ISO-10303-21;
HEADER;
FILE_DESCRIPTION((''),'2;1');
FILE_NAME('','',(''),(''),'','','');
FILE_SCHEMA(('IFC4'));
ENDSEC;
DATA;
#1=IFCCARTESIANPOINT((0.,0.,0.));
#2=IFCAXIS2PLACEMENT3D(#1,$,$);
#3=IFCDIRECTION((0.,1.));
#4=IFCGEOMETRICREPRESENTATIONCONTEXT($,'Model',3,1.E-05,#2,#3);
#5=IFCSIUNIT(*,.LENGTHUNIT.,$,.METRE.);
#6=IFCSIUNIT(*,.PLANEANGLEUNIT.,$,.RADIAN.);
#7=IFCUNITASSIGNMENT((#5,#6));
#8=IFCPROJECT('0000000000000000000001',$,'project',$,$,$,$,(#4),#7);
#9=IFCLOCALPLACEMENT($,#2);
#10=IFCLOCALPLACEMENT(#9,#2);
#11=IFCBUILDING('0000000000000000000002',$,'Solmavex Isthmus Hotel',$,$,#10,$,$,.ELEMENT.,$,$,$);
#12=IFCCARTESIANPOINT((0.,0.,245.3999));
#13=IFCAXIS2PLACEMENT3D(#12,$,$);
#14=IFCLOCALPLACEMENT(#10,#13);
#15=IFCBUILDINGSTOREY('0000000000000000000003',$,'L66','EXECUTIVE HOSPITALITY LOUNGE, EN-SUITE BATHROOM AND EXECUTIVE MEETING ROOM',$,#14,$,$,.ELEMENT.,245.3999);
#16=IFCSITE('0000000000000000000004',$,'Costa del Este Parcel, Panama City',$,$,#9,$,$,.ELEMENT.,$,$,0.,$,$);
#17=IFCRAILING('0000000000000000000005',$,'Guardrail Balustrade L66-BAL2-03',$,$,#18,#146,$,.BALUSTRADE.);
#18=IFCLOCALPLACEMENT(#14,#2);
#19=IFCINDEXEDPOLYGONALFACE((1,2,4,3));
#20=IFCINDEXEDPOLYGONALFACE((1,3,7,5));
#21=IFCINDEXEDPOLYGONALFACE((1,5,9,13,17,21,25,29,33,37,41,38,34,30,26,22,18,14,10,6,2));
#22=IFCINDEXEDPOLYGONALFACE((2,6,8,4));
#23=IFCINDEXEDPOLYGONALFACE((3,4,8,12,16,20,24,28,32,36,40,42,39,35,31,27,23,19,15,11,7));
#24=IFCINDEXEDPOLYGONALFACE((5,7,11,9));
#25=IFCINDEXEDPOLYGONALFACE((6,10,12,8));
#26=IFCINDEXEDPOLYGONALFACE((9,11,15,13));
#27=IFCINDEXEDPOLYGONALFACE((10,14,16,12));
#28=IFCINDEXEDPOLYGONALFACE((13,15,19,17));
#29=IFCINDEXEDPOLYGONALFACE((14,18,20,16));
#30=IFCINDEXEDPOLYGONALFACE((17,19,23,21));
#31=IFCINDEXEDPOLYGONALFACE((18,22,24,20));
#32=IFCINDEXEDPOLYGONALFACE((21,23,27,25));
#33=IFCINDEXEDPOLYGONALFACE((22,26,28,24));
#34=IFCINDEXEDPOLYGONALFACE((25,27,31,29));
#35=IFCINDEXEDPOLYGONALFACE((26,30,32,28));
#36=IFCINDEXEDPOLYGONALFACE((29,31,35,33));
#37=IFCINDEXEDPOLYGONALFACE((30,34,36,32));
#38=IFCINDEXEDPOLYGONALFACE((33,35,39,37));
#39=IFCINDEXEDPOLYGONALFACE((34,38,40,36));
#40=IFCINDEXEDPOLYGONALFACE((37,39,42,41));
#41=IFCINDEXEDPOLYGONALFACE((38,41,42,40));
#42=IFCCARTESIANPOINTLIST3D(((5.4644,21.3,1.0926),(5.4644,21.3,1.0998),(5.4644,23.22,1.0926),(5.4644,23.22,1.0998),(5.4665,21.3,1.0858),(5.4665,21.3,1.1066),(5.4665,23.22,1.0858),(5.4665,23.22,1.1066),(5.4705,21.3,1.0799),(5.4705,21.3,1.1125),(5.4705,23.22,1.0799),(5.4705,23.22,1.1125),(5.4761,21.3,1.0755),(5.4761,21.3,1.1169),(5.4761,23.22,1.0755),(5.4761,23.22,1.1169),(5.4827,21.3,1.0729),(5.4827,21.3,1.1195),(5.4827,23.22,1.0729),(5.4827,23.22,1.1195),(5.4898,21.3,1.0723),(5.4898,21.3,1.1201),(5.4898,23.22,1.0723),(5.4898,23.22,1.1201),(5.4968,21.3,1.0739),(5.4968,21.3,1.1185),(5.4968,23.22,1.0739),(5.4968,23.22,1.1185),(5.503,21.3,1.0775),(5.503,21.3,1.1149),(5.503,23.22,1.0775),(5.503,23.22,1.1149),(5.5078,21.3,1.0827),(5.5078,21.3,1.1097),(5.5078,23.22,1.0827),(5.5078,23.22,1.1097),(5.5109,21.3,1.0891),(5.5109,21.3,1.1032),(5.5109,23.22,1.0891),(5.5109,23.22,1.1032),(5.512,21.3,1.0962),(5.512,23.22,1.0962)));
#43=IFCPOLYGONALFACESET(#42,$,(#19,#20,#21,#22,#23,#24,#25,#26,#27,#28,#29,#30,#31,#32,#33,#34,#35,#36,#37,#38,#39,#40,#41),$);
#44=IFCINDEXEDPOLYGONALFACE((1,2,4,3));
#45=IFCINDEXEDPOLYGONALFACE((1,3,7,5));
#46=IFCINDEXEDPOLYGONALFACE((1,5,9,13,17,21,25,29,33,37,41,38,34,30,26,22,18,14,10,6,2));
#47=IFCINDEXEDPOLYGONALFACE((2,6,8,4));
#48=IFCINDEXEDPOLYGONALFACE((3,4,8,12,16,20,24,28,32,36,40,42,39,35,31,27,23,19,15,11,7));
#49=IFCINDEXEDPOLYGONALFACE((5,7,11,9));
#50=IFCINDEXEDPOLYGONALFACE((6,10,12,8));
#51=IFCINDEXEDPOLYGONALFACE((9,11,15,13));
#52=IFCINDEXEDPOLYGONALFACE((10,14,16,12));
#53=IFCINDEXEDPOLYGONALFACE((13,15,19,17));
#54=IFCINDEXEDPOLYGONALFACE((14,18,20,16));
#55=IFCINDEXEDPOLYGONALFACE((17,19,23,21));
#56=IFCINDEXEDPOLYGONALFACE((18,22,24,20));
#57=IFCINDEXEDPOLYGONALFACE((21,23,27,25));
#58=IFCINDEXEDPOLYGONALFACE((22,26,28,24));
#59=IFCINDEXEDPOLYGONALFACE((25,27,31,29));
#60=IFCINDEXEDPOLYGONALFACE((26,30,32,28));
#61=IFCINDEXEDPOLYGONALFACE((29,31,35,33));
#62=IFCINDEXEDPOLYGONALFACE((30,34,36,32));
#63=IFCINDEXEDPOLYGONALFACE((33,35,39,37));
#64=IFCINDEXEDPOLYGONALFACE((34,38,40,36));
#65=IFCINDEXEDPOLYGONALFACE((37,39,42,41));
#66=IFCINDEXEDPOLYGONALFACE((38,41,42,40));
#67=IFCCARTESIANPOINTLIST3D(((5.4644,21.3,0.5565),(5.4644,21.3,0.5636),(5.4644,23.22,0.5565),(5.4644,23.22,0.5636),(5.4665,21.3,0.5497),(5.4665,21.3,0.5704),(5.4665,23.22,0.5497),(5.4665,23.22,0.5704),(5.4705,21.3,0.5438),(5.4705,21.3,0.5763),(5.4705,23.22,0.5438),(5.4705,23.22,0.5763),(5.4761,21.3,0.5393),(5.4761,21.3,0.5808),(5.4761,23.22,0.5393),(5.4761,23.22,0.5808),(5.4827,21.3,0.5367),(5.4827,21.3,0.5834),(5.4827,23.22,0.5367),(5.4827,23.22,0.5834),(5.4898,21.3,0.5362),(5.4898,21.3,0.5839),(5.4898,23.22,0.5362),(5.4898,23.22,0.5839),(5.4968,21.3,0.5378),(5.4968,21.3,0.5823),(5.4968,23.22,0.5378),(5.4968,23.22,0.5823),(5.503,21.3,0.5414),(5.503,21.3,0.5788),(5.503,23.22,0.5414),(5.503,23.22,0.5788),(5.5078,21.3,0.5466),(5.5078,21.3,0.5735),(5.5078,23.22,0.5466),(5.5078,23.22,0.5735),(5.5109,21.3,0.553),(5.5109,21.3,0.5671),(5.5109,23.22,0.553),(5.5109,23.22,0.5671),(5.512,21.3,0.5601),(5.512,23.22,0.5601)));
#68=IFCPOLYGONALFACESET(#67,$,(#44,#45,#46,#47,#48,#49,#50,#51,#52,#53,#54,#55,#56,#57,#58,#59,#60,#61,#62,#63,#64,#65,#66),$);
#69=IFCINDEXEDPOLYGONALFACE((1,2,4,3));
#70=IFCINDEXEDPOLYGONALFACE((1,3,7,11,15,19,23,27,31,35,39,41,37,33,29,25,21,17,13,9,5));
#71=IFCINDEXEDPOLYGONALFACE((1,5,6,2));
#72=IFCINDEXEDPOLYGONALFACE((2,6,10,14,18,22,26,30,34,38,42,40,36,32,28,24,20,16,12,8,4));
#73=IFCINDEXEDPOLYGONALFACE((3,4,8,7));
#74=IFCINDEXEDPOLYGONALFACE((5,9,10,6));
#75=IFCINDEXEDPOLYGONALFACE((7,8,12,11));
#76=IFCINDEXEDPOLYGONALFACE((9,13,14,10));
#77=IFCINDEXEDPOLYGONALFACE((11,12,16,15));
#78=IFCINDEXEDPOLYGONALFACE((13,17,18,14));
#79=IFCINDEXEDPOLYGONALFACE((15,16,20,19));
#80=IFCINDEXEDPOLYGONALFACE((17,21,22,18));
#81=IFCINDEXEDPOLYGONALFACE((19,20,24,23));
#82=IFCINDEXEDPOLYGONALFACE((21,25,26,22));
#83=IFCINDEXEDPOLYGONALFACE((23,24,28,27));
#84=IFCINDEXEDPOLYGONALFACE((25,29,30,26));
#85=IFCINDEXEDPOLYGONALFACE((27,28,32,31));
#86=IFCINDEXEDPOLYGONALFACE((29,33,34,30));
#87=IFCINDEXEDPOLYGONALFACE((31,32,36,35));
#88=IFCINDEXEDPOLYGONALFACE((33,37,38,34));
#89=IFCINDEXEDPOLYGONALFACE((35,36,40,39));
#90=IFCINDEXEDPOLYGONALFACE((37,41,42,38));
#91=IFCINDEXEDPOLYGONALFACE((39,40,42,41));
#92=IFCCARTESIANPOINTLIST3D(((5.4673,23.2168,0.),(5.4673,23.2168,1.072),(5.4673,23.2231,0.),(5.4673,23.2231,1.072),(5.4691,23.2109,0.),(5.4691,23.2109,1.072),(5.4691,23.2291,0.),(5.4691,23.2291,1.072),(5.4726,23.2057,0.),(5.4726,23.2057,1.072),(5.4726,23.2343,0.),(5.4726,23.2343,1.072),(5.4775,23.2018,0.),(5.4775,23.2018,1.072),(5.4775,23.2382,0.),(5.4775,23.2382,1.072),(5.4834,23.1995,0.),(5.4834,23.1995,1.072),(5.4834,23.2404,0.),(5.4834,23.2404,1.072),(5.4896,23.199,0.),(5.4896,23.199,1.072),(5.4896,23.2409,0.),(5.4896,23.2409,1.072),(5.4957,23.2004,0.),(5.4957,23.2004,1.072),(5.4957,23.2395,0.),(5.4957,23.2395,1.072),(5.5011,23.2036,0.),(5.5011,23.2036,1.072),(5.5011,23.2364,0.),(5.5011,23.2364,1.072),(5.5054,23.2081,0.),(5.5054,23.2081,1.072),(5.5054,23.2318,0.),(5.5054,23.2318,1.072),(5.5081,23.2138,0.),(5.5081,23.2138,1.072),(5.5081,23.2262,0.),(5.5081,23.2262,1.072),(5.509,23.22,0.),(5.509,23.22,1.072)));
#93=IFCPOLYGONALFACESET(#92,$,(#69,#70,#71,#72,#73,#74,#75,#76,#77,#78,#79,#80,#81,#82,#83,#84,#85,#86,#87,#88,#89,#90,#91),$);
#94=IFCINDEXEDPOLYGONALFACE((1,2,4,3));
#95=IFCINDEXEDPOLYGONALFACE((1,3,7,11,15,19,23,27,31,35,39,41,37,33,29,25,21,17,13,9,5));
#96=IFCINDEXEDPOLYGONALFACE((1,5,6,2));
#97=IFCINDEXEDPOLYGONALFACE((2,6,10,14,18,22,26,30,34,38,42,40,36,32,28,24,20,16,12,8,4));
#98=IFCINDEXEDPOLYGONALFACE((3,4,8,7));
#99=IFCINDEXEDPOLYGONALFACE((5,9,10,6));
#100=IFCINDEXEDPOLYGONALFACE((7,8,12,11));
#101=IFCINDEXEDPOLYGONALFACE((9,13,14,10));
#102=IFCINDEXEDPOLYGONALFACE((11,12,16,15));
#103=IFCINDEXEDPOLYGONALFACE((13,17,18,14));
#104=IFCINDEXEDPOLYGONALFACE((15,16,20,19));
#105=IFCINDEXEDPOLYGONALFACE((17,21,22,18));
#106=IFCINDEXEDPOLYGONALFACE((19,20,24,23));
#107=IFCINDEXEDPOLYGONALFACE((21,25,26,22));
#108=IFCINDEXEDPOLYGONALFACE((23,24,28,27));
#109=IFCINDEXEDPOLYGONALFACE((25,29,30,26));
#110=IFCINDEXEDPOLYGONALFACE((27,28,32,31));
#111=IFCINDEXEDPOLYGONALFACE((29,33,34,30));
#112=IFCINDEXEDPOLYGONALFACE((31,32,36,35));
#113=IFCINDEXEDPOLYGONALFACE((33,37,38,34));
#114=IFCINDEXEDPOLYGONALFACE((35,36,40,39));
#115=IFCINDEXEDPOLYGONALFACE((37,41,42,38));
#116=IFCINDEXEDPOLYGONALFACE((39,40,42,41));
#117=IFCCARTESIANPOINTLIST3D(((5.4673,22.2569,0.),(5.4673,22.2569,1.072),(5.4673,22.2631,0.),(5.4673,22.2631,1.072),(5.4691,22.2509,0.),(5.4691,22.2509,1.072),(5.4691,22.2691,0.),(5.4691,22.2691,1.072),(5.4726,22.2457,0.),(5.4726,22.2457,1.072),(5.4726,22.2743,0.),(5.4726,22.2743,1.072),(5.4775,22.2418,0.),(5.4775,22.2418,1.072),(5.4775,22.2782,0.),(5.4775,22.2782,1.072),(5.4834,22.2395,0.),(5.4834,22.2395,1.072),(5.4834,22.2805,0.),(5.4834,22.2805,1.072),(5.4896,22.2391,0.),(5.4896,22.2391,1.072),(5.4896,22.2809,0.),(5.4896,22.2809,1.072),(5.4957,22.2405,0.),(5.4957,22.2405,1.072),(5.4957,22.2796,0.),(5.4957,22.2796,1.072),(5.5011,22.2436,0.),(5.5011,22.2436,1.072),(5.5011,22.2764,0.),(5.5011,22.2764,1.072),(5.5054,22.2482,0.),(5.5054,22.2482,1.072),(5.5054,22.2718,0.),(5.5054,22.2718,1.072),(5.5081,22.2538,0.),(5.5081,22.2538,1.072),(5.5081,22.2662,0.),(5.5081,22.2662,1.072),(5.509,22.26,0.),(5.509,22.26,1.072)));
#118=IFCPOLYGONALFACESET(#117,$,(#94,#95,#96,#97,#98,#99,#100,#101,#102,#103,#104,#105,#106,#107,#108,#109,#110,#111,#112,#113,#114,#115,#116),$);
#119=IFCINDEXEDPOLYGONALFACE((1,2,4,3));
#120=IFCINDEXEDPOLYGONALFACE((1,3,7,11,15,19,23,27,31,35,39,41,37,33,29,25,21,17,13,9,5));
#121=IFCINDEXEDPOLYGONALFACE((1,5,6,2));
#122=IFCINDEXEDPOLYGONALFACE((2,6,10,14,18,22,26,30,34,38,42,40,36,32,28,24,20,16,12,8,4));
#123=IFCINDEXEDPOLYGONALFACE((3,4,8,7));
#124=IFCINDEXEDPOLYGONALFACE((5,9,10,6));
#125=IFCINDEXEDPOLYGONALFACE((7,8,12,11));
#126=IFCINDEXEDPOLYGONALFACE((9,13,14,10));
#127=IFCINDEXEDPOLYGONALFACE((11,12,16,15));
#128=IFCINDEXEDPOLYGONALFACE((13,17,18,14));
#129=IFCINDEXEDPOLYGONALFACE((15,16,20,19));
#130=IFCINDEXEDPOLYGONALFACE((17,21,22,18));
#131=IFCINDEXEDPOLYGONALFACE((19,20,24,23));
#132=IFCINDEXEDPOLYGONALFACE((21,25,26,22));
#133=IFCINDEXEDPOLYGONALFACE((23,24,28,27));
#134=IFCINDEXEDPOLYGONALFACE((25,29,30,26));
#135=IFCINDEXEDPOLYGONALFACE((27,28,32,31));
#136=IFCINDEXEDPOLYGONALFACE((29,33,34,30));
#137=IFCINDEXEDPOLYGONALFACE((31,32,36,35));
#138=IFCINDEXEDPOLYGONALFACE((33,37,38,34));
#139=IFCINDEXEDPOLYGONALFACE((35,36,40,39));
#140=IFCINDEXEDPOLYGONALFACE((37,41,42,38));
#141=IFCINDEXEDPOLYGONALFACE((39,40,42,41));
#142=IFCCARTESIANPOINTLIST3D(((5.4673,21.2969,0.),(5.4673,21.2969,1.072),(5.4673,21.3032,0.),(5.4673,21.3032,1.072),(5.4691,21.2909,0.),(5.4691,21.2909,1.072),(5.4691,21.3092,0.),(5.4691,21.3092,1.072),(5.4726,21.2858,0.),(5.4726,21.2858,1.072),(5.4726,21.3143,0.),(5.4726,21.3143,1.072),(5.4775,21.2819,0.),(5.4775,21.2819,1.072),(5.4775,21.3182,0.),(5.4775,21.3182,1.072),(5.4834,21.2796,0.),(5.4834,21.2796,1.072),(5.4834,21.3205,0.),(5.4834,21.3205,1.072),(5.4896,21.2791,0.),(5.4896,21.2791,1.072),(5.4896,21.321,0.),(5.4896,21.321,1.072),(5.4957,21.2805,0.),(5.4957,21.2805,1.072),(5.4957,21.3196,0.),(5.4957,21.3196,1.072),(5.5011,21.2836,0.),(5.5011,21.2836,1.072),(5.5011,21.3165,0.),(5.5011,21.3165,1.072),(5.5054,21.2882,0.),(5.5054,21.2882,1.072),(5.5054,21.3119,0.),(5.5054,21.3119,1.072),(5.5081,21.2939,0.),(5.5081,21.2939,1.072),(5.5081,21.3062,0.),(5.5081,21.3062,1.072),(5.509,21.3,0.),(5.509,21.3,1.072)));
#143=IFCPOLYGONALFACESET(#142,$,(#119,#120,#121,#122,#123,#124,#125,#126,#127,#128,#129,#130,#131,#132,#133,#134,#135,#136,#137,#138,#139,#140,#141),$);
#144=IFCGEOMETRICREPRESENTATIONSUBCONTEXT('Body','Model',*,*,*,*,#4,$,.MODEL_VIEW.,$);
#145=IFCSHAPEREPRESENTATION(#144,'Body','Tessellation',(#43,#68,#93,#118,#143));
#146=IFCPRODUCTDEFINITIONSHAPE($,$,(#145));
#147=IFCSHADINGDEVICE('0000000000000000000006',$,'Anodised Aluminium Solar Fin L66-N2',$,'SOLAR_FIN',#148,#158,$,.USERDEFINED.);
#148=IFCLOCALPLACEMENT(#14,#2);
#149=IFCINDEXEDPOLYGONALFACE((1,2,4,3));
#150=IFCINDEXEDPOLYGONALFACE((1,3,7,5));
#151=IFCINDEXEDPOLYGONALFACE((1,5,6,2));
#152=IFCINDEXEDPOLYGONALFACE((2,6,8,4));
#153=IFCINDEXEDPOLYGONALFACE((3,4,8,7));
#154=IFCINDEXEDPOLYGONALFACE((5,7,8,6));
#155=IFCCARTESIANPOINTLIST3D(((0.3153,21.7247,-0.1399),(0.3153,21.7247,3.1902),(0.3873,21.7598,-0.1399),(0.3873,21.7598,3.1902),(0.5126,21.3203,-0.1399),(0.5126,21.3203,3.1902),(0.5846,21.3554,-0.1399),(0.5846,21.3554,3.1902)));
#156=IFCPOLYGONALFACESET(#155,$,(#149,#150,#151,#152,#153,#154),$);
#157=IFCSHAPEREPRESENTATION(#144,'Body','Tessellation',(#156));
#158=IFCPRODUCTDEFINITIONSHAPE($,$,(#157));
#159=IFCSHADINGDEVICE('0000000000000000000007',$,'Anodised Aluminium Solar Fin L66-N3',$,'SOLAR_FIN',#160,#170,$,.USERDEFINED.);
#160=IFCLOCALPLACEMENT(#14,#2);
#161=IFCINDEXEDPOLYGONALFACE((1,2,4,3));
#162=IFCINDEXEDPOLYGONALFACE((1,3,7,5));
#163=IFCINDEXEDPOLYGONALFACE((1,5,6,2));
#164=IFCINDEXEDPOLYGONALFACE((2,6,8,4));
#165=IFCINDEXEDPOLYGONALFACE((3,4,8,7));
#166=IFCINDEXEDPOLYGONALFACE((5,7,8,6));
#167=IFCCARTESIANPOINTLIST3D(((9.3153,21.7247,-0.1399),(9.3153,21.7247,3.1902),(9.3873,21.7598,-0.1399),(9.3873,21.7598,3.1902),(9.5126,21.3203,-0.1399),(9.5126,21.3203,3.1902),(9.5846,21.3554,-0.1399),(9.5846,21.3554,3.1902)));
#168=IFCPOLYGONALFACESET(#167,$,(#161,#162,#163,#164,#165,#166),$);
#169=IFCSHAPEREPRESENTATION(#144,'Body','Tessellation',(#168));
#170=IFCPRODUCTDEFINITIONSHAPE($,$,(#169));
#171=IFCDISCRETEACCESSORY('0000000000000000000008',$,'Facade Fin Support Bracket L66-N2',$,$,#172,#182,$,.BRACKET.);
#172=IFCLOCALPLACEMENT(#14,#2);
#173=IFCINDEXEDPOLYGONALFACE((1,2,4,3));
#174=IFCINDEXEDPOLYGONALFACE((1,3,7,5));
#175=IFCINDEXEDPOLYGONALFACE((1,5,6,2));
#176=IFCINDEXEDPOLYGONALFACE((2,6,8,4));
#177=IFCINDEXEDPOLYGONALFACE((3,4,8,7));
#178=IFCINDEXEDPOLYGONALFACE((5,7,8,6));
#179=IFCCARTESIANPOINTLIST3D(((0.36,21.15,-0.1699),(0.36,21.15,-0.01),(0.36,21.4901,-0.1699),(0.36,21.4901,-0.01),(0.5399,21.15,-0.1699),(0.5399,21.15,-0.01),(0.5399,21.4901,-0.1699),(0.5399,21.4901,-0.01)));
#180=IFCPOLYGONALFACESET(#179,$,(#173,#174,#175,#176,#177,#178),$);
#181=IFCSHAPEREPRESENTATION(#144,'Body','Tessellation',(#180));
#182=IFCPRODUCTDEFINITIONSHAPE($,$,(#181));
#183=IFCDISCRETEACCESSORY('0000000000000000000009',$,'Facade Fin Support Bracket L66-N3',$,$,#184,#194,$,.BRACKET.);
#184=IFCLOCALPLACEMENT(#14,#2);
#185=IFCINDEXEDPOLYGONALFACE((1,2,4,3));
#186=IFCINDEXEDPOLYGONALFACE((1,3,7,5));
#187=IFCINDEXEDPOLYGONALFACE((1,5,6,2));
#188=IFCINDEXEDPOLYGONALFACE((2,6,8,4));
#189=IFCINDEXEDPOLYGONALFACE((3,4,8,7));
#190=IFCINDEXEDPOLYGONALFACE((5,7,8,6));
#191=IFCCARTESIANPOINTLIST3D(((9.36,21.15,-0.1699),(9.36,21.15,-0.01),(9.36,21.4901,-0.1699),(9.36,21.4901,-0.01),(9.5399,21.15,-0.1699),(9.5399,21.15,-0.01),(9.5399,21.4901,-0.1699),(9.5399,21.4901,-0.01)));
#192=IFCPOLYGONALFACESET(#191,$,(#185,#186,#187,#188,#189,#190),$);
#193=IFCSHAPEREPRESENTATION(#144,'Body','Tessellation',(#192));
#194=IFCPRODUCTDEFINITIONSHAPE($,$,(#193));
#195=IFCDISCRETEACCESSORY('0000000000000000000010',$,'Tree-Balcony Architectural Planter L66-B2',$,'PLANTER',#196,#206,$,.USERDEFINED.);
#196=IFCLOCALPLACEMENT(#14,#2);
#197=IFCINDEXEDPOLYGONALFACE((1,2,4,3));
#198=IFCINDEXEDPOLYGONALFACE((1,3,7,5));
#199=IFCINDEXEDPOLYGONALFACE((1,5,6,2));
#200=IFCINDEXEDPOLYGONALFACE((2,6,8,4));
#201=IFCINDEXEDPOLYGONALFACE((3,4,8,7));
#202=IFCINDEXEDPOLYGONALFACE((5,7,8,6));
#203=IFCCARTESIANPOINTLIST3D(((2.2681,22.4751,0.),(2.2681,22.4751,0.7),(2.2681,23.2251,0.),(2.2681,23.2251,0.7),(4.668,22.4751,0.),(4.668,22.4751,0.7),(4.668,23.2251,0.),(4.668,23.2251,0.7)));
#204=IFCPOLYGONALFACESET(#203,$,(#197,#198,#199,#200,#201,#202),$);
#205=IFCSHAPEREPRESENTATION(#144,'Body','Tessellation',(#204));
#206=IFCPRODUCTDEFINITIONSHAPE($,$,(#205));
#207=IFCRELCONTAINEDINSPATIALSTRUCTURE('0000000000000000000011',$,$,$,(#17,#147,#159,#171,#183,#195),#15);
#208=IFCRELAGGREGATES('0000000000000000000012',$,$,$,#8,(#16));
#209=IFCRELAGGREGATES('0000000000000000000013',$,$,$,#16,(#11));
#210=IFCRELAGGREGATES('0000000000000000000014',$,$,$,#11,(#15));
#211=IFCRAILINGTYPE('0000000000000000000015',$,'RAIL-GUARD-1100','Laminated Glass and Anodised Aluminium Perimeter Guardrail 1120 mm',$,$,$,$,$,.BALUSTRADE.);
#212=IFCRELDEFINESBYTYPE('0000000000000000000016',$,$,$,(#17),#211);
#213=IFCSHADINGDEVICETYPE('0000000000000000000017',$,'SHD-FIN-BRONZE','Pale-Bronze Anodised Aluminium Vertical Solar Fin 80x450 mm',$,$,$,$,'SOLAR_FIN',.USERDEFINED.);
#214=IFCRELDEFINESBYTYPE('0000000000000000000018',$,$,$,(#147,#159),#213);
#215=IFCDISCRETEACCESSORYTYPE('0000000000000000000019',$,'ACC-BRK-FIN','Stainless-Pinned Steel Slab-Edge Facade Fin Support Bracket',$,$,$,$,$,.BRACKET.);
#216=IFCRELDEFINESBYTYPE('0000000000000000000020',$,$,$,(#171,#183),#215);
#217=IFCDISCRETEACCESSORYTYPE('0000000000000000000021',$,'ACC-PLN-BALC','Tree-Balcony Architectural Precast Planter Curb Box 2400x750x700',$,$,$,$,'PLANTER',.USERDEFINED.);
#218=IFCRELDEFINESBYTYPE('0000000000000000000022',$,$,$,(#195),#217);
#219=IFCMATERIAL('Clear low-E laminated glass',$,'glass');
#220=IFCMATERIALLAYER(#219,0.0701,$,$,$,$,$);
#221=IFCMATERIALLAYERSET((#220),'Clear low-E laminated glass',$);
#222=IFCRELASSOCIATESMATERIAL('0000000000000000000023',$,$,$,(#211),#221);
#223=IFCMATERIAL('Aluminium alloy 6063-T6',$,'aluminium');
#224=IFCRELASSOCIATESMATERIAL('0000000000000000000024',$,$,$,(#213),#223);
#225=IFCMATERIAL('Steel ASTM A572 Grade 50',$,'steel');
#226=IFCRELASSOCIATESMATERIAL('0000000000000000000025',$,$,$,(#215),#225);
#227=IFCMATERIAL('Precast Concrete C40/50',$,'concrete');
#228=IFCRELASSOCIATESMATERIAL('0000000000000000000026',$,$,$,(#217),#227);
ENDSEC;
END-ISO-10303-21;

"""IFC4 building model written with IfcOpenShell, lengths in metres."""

from ifc_helpers import new_model, si_unit, direction, frame, origin, origin_2d, place, context, subcontext, project, spatial, rectangle, circle, extrude, material, layer, layer_set, type_object, element, save


model = new_model("IFC4")

# Units and contexts
model_context = context("Model", 3, precision=1e-05, world=origin(), true_north=direction((0.0, 1.0)))
body_context = subcontext(model_context, "Body", "Model", "MODEL_VIEW")
ifc_project = project(units=[si_unit("LENGTHUNIT", "METRE"), si_unit("PLANEANGLEUNIT", "RADIAN")], contexts=[model_context])

# Site, building, storey
site_placement = place(None, origin())
site = spatial("IfcSite", under=ifc_project, at=site_placement, Name="Costa del Este Parcel, Panama City", CompositionType="ELEMENT", RefElevation=0.0)
building_placement = place(site_placement, origin())
building = spatial("IfcBuilding", under=site, at=building_placement, Name="Solmavex Isthmus Hotel", CompositionType="ELEMENT")
storey_placement = place(building_placement, frame((0.0, 0.0, 245.3999)))
storey = spatial("IfcBuildingStorey", under=building, at=storey_placement, Name="L66", Description="EXECUTIVE HOSPITALITY LOUNGE, EN-SUITE BATHROOM AND EXECUTIVE MEETING ROOM", CompositionType="ELEMENT", Elevation=245.3999)

# Shared definitions
ifc_material_1 = material(Name="Steel ASTM A572 Grade 50", Category="steel")

# Shared definitions
ifc_material_2 = material(Name="Aluminium alloy 6063-T6", Category="aluminium")

# Shared definitions
ifc_material_3 = material(Name="Clear low-E laminated glass", Category="glass")

# Shared definitions
ifc_material_4 = material(Name="Precast Concrete C40/50", Category="concrete")

# Railing
ifc_layer_1 = layer(ifc_material_3, 0.0701)
ifc_layer_set_1 = layer_set([ifc_layer_1], Name="Clear low-E laminated glass")
railing_type = type_object("IfcRailingType", Name="RAIL-GUARD-1100", Description="Laminated Glass and Anodised Aluminium Perimeter Guardrail 1120 mm", PredefinedType="BALUSTRADE", material=ifc_layer_set_1)
railing_1_placement = place(storey_placement, frame((5.488, 23.22, 0.0)))
element("IfcRailing", 1, at=railing_1_placement, inside=storey, type_object=railing_type, Name="Guardrail Balustrade L66-BAL2-03", PredefinedType="BALUSTRADE", context=body_context, shape_type="SweptSolid", body=[
    extrude(circle(Radius=0.0239, at=origin_2d()), frame((0.0, 0.0, 1.0962), z_axis=(0.0, -1.0, 0.0), x_axis=(1.0, 0.0, 0.0)), (0.0, 0.0, 1.0), 1.9199),
    extrude(circle(Radius=0.0239, at=origin_2d()), frame((0.0, 0.0, 0.5601), z_axis=(0.0, -1.0, 0.0), x_axis=(1.0, 0.0, 0.0)), (0.0, 0.0, 1.0), 1.9199),
    extrude(circle(Radius=0.021, at=origin_2d()), origin(), (0.0, 0.0, 1.0), 1.072),
    extrude(circle(Radius=0.021, at=origin_2d()), frame((0.0, -0.96, 0.0)), (0.0, 0.0, 1.0), 1.072),
    extrude(circle(Radius=0.021, at=origin_2d()), frame((0.0, -1.9199, 0.0)), (0.0, 0.0, 1.0), 1.072),
])

# Shading devices
shading_device_type = type_object("IfcShadingDeviceType", Name="SHD-FIN-BRONZE", Description="Pale-Bronze Anodised Aluminium Vertical Solar Fin 80x450 mm", ElementType="SOLAR_FIN", PredefinedType="USERDEFINED", material=ifc_material_2)
for number, where, z_axis, x_axis, name in (
    (2, (0.45, 21.54, -0.1399), (0.0, 0.0, 1.0), (-0.438371, 0.898794, 0.0), "Anodised Aluminium Solar Fin L66-N2"),
    (3, (9.45, 21.54, -0.1399), (0.0, 0.0, 1.0), (-0.438371, 0.898794, 0.0), "Anodised Aluminium Solar Fin L66-N3"),
):
    element("IfcShadingDevice", number, at=place(storey_placement, frame(where, z_axis=z_axis, x_axis=x_axis)), inside=storey, type_object=shading_device_type, Name=name, ObjectType="SOLAR_FIN", PredefinedType="USERDEFINED", context=body_context, shape_type="SweptSolid", body=[
        extrude(rectangle(XDim=0.45, YDim=0.0801, at=origin_2d()), origin(), (0.0, 0.0, 1.0), 3.3301),
    ])

# Discrete accessories
discrete_accessory_type_1 = type_object("IfcDiscreteAccessoryType", Name="ACC-BRK-FIN", Description="Stainless-Pinned Steel Slab-Edge Facade Fin Support Bracket", PredefinedType="BRACKET", material=ifc_material_1)
for number, where, z_axis, x_axis, name in (
    (4, (0.45, 21.3201, -0.1699), (0.0, 0.0, 1.0), (0.0, 1.0, 0.0), "Facade Fin Support Bracket L66-N2"),
    (5, (9.45, 21.3201, -0.1699), (0.0, 0.0, 1.0), (0.0, 1.0, 0.0), "Facade Fin Support Bracket L66-N3"),
):
    element("IfcDiscreteAccessory", number, at=place(storey_placement, frame(where, z_axis=z_axis, x_axis=x_axis)), inside=storey, type_object=discrete_accessory_type_1, Name=name, PredefinedType="BRACKET", context=body_context, shape_type="SweptSolid", body=[
        extrude(rectangle(XDim=0.3401, YDim=0.1799, at=origin_2d()), origin(), (0.0, 0.0, 1.0), 0.1599),
    ])
discrete_accessory_type_2 = type_object("IfcDiscreteAccessoryType", Name="ACC-PLN-BALC", Description="Tree-Balcony Architectural Precast Planter Curb Box 2400x750x700", ElementType="PLANTER", PredefinedType="USERDEFINED", material=ifc_material_4)
discrete_accessory_placement = place(storey_placement, frame((3.468, 22.8501, 0.0), z_axis=(0.0, 0.0, 1.0), x_axis=(1.0, 0.0, 0.0)))
element("IfcDiscreteAccessory", 6, at=discrete_accessory_placement, inside=storey, type_object=discrete_accessory_type_2, Name="Tree-Balcony Architectural Planter L66-B2", ObjectType="PLANTER", PredefinedType="USERDEFINED", context=body_context, shape_type="SweptSolid", body=[
    extrude(rectangle(XDim=2.3999, YDim=0.75, at=origin_2d()), origin(), (0.0, 0.0, 1.0), 0.7),
])

save(model, "model.ifc")
